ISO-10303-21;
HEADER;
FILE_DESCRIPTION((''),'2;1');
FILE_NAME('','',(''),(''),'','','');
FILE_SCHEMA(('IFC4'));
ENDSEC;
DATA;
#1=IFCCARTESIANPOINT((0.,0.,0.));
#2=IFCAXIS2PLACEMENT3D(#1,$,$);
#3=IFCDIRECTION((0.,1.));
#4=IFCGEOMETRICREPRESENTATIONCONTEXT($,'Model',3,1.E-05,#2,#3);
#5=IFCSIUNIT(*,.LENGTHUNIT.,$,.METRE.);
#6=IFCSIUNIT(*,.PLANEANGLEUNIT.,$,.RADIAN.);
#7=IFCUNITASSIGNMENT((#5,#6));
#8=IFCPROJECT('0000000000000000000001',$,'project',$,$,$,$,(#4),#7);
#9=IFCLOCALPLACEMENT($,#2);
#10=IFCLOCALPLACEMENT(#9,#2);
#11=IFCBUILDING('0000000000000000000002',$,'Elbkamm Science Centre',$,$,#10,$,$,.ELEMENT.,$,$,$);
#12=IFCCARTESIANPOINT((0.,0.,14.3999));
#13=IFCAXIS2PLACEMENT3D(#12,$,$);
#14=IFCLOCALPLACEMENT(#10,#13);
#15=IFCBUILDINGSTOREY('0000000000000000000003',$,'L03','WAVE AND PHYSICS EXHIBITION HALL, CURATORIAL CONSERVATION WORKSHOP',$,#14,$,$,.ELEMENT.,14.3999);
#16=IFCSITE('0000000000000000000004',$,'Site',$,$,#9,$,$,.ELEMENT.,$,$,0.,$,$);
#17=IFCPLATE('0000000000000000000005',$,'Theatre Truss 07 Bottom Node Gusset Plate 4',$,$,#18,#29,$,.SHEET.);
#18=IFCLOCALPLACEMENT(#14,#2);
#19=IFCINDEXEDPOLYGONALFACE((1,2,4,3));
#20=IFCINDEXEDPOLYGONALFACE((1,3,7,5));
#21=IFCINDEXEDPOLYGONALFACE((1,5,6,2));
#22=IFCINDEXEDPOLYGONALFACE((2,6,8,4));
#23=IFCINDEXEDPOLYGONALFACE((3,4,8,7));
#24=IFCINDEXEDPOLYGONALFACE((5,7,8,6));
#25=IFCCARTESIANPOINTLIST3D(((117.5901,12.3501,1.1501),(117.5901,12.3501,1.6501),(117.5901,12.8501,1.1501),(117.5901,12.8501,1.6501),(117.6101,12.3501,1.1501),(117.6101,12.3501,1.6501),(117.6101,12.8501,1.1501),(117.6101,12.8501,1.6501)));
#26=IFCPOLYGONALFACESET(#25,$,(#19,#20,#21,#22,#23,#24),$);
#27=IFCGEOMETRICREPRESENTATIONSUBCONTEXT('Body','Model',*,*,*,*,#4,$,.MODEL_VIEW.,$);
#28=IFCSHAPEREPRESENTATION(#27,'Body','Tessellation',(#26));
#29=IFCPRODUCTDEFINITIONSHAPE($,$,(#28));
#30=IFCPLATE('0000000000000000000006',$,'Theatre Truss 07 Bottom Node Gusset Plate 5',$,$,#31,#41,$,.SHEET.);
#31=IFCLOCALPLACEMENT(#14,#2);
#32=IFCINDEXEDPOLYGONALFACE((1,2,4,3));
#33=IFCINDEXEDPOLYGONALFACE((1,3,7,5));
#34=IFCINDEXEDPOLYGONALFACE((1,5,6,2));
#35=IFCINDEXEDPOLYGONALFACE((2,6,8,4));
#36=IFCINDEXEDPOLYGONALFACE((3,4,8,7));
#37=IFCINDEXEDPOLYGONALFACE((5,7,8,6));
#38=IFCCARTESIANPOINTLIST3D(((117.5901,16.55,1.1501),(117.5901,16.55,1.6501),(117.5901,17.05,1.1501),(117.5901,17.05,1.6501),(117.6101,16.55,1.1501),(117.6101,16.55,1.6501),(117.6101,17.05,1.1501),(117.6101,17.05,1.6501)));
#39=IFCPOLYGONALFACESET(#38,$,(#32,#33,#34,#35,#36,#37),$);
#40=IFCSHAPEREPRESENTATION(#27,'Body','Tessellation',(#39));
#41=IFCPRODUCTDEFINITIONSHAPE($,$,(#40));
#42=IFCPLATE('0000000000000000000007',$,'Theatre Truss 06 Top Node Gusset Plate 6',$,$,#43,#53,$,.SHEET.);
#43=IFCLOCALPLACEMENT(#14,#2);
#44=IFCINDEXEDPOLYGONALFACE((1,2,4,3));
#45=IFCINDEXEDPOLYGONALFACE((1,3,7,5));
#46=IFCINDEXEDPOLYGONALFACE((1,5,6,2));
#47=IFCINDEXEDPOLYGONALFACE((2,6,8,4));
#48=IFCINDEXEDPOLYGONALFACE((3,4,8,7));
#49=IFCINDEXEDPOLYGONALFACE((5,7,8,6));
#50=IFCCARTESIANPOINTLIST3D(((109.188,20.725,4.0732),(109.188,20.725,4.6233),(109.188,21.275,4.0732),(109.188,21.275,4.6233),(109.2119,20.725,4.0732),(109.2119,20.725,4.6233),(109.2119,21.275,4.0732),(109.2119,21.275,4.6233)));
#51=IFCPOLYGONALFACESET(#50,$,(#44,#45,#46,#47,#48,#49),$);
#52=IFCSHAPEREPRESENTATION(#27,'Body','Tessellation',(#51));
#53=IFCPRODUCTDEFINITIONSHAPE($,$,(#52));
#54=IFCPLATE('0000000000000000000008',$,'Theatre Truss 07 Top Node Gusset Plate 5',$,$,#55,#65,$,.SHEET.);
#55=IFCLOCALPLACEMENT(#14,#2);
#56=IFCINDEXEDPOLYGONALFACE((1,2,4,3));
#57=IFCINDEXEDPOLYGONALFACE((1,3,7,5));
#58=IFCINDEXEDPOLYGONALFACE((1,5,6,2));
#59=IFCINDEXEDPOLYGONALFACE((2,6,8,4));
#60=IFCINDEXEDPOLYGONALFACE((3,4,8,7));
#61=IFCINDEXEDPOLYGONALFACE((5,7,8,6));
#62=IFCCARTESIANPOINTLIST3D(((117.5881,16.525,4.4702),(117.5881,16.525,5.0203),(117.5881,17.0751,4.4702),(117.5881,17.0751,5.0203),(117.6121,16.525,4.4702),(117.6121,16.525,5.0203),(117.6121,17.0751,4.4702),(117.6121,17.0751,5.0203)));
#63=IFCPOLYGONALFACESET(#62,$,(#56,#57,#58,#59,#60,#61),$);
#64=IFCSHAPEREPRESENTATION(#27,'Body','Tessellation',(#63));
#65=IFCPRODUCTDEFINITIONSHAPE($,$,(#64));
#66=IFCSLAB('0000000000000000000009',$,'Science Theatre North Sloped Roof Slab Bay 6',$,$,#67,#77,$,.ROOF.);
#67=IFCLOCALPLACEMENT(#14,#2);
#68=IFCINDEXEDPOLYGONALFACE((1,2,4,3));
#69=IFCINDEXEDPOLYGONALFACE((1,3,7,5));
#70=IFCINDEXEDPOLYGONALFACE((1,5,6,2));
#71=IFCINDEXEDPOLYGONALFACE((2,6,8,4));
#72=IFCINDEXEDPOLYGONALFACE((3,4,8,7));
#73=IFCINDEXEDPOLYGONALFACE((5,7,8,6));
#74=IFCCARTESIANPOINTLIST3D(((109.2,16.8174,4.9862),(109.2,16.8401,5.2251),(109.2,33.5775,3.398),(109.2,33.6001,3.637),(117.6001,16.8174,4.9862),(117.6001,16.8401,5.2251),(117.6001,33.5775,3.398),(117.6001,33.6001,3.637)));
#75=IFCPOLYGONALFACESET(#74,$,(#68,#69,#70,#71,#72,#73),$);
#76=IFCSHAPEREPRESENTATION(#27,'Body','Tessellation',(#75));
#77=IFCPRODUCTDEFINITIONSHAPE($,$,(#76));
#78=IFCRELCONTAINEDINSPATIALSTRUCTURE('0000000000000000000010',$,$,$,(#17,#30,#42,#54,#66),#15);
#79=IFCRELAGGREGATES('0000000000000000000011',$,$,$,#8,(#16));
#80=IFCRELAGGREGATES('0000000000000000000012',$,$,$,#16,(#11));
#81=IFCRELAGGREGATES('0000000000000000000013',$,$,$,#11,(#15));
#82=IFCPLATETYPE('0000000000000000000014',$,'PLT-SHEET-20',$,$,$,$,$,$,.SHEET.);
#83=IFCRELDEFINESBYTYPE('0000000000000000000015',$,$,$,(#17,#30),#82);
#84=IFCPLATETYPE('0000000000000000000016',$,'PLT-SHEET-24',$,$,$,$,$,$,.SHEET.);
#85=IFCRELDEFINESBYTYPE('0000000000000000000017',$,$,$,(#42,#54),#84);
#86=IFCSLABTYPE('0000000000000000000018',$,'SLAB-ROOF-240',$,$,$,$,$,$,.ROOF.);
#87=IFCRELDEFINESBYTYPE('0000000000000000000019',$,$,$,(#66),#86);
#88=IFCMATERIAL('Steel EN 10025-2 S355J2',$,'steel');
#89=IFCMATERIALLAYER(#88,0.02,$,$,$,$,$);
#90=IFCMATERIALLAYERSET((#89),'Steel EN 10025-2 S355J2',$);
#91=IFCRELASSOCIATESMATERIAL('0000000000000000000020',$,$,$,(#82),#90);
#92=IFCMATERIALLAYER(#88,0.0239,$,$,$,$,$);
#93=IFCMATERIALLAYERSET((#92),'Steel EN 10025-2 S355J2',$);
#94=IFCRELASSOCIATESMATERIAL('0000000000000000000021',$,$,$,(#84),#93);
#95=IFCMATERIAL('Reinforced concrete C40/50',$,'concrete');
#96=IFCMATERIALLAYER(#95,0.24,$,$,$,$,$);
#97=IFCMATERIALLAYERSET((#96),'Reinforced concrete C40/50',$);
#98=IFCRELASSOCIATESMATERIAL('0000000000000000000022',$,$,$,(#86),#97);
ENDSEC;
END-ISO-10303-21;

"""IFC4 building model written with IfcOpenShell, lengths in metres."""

from ifc_helpers import new_model, si_unit, direction, frame, origin, origin_2d, place, context, subcontext, project, spatial, polyline, rectangle, outline, extrude, material, layer, layer_set, type_object, element, save


model = new_model("IFC4")

# Units and contexts
model_context = context("Model", 3, precision=1e-05, world=origin(), true_north=direction((0.0, 1.0)))
body_context = subcontext(model_context, "Body", "Model", "MODEL_VIEW")
ifc_project = project(units=[si_unit("LENGTHUNIT", "METRE"), si_unit("PLANEANGLEUNIT", "RADIAN")], contexts=[model_context])

# Site, building, storey
site_placement = place(None, origin())
site = spatial("IfcSite", under=ifc_project, at=site_placement, Name="Site", CompositionType="ELEMENT", RefElevation=0.0)
building_placement = place(site_placement, origin())
building = spatial("IfcBuilding", under=site, at=building_placement, Name="Elbkamm Science Centre", CompositionType="ELEMENT")
storey_placement = place(building_placement, frame((0.0, 0.0, 14.3999)))
storey = spatial("IfcBuildingStorey", under=building, at=storey_placement, Name="L03", Description="WAVE AND PHYSICS EXHIBITION HALL, CURATORIAL CONSERVATION WORKSHOP", CompositionType="ELEMENT", Elevation=14.3999)

# Shared definitions
ifc_material_1 = material(Name="Steel EN 10025-2 S355J2", Category="steel")

# Plates
ifc_layer_1 = layer(ifc_material_1, 0.02)
ifc_layer_set_1 = layer_set([ifc_layer_1], Name="Steel EN 10025-2 S355J2")
plate_type_1 = type_object("IfcPlateType", Name="PLT-SHEET-20", PredefinedType="SHEET", material=ifc_layer_set_1)
for number, where, z_axis, x_axis, name in (
    (1, (117.6001, 12.6001, 1.1501), (0.0, 0.0, 1.0), (1.0, 0.0, 0.0), "Theatre Truss 07 Bottom Node Gusset Plate 4"),
    (2, (117.6001, 16.8, 1.1501), (0.0, 0.0, 1.0), (1.0, 0.0, 0.0), "Theatre Truss 07 Bottom Node Gusset Plate 5"),
):
    element("IfcPlate", number, at=place(storey_placement, frame(where, z_axis=z_axis, x_axis=x_axis)), inside=storey, type_object=plate_type_1, Name=name, PredefinedType="SHEET", context=body_context, shape_type="SweptSolid", body=[
        extrude(rectangle(XDim=0.02, YDim=0.5, at=origin_2d()), origin(), (0.0, 0.0, 1.0), 0.5),
    ])
ifc_layer_2 = layer(ifc_material_1, 0.0239)
ifc_layer_set_2 = layer_set([ifc_layer_2], Name="Steel EN 10025-2 S355J2")
plate_type_2 = type_object("IfcPlateType", Name="PLT-SHEET-24", PredefinedType="SHEET", material=ifc_layer_set_2)
for number, where, z_axis, x_axis, name in (
    (3, (109.2, 21.0, 4.0732), (0.0, 0.0, 1.0), (1.0, 0.0, 0.0), "Theatre Truss 06 Top Node Gusset Plate 6"),
    (4, (117.6001, 16.8, 4.4702), (0.0, 0.0, 1.0), (1.0, 0.0, 0.0), "Theatre Truss 07 Top Node Gusset Plate 5"),
):
    element("IfcPlate", number, at=place(storey_placement, frame(where, z_axis=z_axis, x_axis=x_axis)), inside=storey, type_object=plate_type_2, Name=name, PredefinedType="SHEET", context=body_context, shape_type="SweptSolid", body=[
        extrude(rectangle(XDim=0.0239, YDim=0.55, at=origin_2d()), origin(), (0.0, 0.0, 1.0), 0.55),
    ])

# Slab
ifc_material_2 = material(Name="Reinforced concrete C40/50", Category="concrete")
ifc_layer_3 = layer(ifc_material_2, 0.24)
ifc_layer_set_3 = layer_set([ifc_layer_3], Name="Reinforced concrete C40/50")
slab_type = type_object("IfcSlabType", Name="SLAB-ROOF-240", PredefinedType="ROOF", material=ifc_layer_set_3)
slab_placement = place(storey_placement, frame((109.2, 16.8401, 5.2251), z_axis=(0.0, 0.094335, 0.995541), x_axis=(1.0, 0.0, 0.0)))
element("IfcSlab", 5, at=slab_placement, inside=storey, type_object=slab_type, Name="Science Theatre North Sloped Roof Slab Bay 6", PredefinedType="ROOF", context=body_context, shape_type="SweptSolid", body=[
    extrude(outline(polyline([(0.0, 0.0), (8.4001, 0.0), (8.4001, 16.8351), (0.0, 16.8351), (0.0, 0.0)])), origin(), (0.0, 0.0, -1.0), 0.24),
])

save(model, "model.ifc")
